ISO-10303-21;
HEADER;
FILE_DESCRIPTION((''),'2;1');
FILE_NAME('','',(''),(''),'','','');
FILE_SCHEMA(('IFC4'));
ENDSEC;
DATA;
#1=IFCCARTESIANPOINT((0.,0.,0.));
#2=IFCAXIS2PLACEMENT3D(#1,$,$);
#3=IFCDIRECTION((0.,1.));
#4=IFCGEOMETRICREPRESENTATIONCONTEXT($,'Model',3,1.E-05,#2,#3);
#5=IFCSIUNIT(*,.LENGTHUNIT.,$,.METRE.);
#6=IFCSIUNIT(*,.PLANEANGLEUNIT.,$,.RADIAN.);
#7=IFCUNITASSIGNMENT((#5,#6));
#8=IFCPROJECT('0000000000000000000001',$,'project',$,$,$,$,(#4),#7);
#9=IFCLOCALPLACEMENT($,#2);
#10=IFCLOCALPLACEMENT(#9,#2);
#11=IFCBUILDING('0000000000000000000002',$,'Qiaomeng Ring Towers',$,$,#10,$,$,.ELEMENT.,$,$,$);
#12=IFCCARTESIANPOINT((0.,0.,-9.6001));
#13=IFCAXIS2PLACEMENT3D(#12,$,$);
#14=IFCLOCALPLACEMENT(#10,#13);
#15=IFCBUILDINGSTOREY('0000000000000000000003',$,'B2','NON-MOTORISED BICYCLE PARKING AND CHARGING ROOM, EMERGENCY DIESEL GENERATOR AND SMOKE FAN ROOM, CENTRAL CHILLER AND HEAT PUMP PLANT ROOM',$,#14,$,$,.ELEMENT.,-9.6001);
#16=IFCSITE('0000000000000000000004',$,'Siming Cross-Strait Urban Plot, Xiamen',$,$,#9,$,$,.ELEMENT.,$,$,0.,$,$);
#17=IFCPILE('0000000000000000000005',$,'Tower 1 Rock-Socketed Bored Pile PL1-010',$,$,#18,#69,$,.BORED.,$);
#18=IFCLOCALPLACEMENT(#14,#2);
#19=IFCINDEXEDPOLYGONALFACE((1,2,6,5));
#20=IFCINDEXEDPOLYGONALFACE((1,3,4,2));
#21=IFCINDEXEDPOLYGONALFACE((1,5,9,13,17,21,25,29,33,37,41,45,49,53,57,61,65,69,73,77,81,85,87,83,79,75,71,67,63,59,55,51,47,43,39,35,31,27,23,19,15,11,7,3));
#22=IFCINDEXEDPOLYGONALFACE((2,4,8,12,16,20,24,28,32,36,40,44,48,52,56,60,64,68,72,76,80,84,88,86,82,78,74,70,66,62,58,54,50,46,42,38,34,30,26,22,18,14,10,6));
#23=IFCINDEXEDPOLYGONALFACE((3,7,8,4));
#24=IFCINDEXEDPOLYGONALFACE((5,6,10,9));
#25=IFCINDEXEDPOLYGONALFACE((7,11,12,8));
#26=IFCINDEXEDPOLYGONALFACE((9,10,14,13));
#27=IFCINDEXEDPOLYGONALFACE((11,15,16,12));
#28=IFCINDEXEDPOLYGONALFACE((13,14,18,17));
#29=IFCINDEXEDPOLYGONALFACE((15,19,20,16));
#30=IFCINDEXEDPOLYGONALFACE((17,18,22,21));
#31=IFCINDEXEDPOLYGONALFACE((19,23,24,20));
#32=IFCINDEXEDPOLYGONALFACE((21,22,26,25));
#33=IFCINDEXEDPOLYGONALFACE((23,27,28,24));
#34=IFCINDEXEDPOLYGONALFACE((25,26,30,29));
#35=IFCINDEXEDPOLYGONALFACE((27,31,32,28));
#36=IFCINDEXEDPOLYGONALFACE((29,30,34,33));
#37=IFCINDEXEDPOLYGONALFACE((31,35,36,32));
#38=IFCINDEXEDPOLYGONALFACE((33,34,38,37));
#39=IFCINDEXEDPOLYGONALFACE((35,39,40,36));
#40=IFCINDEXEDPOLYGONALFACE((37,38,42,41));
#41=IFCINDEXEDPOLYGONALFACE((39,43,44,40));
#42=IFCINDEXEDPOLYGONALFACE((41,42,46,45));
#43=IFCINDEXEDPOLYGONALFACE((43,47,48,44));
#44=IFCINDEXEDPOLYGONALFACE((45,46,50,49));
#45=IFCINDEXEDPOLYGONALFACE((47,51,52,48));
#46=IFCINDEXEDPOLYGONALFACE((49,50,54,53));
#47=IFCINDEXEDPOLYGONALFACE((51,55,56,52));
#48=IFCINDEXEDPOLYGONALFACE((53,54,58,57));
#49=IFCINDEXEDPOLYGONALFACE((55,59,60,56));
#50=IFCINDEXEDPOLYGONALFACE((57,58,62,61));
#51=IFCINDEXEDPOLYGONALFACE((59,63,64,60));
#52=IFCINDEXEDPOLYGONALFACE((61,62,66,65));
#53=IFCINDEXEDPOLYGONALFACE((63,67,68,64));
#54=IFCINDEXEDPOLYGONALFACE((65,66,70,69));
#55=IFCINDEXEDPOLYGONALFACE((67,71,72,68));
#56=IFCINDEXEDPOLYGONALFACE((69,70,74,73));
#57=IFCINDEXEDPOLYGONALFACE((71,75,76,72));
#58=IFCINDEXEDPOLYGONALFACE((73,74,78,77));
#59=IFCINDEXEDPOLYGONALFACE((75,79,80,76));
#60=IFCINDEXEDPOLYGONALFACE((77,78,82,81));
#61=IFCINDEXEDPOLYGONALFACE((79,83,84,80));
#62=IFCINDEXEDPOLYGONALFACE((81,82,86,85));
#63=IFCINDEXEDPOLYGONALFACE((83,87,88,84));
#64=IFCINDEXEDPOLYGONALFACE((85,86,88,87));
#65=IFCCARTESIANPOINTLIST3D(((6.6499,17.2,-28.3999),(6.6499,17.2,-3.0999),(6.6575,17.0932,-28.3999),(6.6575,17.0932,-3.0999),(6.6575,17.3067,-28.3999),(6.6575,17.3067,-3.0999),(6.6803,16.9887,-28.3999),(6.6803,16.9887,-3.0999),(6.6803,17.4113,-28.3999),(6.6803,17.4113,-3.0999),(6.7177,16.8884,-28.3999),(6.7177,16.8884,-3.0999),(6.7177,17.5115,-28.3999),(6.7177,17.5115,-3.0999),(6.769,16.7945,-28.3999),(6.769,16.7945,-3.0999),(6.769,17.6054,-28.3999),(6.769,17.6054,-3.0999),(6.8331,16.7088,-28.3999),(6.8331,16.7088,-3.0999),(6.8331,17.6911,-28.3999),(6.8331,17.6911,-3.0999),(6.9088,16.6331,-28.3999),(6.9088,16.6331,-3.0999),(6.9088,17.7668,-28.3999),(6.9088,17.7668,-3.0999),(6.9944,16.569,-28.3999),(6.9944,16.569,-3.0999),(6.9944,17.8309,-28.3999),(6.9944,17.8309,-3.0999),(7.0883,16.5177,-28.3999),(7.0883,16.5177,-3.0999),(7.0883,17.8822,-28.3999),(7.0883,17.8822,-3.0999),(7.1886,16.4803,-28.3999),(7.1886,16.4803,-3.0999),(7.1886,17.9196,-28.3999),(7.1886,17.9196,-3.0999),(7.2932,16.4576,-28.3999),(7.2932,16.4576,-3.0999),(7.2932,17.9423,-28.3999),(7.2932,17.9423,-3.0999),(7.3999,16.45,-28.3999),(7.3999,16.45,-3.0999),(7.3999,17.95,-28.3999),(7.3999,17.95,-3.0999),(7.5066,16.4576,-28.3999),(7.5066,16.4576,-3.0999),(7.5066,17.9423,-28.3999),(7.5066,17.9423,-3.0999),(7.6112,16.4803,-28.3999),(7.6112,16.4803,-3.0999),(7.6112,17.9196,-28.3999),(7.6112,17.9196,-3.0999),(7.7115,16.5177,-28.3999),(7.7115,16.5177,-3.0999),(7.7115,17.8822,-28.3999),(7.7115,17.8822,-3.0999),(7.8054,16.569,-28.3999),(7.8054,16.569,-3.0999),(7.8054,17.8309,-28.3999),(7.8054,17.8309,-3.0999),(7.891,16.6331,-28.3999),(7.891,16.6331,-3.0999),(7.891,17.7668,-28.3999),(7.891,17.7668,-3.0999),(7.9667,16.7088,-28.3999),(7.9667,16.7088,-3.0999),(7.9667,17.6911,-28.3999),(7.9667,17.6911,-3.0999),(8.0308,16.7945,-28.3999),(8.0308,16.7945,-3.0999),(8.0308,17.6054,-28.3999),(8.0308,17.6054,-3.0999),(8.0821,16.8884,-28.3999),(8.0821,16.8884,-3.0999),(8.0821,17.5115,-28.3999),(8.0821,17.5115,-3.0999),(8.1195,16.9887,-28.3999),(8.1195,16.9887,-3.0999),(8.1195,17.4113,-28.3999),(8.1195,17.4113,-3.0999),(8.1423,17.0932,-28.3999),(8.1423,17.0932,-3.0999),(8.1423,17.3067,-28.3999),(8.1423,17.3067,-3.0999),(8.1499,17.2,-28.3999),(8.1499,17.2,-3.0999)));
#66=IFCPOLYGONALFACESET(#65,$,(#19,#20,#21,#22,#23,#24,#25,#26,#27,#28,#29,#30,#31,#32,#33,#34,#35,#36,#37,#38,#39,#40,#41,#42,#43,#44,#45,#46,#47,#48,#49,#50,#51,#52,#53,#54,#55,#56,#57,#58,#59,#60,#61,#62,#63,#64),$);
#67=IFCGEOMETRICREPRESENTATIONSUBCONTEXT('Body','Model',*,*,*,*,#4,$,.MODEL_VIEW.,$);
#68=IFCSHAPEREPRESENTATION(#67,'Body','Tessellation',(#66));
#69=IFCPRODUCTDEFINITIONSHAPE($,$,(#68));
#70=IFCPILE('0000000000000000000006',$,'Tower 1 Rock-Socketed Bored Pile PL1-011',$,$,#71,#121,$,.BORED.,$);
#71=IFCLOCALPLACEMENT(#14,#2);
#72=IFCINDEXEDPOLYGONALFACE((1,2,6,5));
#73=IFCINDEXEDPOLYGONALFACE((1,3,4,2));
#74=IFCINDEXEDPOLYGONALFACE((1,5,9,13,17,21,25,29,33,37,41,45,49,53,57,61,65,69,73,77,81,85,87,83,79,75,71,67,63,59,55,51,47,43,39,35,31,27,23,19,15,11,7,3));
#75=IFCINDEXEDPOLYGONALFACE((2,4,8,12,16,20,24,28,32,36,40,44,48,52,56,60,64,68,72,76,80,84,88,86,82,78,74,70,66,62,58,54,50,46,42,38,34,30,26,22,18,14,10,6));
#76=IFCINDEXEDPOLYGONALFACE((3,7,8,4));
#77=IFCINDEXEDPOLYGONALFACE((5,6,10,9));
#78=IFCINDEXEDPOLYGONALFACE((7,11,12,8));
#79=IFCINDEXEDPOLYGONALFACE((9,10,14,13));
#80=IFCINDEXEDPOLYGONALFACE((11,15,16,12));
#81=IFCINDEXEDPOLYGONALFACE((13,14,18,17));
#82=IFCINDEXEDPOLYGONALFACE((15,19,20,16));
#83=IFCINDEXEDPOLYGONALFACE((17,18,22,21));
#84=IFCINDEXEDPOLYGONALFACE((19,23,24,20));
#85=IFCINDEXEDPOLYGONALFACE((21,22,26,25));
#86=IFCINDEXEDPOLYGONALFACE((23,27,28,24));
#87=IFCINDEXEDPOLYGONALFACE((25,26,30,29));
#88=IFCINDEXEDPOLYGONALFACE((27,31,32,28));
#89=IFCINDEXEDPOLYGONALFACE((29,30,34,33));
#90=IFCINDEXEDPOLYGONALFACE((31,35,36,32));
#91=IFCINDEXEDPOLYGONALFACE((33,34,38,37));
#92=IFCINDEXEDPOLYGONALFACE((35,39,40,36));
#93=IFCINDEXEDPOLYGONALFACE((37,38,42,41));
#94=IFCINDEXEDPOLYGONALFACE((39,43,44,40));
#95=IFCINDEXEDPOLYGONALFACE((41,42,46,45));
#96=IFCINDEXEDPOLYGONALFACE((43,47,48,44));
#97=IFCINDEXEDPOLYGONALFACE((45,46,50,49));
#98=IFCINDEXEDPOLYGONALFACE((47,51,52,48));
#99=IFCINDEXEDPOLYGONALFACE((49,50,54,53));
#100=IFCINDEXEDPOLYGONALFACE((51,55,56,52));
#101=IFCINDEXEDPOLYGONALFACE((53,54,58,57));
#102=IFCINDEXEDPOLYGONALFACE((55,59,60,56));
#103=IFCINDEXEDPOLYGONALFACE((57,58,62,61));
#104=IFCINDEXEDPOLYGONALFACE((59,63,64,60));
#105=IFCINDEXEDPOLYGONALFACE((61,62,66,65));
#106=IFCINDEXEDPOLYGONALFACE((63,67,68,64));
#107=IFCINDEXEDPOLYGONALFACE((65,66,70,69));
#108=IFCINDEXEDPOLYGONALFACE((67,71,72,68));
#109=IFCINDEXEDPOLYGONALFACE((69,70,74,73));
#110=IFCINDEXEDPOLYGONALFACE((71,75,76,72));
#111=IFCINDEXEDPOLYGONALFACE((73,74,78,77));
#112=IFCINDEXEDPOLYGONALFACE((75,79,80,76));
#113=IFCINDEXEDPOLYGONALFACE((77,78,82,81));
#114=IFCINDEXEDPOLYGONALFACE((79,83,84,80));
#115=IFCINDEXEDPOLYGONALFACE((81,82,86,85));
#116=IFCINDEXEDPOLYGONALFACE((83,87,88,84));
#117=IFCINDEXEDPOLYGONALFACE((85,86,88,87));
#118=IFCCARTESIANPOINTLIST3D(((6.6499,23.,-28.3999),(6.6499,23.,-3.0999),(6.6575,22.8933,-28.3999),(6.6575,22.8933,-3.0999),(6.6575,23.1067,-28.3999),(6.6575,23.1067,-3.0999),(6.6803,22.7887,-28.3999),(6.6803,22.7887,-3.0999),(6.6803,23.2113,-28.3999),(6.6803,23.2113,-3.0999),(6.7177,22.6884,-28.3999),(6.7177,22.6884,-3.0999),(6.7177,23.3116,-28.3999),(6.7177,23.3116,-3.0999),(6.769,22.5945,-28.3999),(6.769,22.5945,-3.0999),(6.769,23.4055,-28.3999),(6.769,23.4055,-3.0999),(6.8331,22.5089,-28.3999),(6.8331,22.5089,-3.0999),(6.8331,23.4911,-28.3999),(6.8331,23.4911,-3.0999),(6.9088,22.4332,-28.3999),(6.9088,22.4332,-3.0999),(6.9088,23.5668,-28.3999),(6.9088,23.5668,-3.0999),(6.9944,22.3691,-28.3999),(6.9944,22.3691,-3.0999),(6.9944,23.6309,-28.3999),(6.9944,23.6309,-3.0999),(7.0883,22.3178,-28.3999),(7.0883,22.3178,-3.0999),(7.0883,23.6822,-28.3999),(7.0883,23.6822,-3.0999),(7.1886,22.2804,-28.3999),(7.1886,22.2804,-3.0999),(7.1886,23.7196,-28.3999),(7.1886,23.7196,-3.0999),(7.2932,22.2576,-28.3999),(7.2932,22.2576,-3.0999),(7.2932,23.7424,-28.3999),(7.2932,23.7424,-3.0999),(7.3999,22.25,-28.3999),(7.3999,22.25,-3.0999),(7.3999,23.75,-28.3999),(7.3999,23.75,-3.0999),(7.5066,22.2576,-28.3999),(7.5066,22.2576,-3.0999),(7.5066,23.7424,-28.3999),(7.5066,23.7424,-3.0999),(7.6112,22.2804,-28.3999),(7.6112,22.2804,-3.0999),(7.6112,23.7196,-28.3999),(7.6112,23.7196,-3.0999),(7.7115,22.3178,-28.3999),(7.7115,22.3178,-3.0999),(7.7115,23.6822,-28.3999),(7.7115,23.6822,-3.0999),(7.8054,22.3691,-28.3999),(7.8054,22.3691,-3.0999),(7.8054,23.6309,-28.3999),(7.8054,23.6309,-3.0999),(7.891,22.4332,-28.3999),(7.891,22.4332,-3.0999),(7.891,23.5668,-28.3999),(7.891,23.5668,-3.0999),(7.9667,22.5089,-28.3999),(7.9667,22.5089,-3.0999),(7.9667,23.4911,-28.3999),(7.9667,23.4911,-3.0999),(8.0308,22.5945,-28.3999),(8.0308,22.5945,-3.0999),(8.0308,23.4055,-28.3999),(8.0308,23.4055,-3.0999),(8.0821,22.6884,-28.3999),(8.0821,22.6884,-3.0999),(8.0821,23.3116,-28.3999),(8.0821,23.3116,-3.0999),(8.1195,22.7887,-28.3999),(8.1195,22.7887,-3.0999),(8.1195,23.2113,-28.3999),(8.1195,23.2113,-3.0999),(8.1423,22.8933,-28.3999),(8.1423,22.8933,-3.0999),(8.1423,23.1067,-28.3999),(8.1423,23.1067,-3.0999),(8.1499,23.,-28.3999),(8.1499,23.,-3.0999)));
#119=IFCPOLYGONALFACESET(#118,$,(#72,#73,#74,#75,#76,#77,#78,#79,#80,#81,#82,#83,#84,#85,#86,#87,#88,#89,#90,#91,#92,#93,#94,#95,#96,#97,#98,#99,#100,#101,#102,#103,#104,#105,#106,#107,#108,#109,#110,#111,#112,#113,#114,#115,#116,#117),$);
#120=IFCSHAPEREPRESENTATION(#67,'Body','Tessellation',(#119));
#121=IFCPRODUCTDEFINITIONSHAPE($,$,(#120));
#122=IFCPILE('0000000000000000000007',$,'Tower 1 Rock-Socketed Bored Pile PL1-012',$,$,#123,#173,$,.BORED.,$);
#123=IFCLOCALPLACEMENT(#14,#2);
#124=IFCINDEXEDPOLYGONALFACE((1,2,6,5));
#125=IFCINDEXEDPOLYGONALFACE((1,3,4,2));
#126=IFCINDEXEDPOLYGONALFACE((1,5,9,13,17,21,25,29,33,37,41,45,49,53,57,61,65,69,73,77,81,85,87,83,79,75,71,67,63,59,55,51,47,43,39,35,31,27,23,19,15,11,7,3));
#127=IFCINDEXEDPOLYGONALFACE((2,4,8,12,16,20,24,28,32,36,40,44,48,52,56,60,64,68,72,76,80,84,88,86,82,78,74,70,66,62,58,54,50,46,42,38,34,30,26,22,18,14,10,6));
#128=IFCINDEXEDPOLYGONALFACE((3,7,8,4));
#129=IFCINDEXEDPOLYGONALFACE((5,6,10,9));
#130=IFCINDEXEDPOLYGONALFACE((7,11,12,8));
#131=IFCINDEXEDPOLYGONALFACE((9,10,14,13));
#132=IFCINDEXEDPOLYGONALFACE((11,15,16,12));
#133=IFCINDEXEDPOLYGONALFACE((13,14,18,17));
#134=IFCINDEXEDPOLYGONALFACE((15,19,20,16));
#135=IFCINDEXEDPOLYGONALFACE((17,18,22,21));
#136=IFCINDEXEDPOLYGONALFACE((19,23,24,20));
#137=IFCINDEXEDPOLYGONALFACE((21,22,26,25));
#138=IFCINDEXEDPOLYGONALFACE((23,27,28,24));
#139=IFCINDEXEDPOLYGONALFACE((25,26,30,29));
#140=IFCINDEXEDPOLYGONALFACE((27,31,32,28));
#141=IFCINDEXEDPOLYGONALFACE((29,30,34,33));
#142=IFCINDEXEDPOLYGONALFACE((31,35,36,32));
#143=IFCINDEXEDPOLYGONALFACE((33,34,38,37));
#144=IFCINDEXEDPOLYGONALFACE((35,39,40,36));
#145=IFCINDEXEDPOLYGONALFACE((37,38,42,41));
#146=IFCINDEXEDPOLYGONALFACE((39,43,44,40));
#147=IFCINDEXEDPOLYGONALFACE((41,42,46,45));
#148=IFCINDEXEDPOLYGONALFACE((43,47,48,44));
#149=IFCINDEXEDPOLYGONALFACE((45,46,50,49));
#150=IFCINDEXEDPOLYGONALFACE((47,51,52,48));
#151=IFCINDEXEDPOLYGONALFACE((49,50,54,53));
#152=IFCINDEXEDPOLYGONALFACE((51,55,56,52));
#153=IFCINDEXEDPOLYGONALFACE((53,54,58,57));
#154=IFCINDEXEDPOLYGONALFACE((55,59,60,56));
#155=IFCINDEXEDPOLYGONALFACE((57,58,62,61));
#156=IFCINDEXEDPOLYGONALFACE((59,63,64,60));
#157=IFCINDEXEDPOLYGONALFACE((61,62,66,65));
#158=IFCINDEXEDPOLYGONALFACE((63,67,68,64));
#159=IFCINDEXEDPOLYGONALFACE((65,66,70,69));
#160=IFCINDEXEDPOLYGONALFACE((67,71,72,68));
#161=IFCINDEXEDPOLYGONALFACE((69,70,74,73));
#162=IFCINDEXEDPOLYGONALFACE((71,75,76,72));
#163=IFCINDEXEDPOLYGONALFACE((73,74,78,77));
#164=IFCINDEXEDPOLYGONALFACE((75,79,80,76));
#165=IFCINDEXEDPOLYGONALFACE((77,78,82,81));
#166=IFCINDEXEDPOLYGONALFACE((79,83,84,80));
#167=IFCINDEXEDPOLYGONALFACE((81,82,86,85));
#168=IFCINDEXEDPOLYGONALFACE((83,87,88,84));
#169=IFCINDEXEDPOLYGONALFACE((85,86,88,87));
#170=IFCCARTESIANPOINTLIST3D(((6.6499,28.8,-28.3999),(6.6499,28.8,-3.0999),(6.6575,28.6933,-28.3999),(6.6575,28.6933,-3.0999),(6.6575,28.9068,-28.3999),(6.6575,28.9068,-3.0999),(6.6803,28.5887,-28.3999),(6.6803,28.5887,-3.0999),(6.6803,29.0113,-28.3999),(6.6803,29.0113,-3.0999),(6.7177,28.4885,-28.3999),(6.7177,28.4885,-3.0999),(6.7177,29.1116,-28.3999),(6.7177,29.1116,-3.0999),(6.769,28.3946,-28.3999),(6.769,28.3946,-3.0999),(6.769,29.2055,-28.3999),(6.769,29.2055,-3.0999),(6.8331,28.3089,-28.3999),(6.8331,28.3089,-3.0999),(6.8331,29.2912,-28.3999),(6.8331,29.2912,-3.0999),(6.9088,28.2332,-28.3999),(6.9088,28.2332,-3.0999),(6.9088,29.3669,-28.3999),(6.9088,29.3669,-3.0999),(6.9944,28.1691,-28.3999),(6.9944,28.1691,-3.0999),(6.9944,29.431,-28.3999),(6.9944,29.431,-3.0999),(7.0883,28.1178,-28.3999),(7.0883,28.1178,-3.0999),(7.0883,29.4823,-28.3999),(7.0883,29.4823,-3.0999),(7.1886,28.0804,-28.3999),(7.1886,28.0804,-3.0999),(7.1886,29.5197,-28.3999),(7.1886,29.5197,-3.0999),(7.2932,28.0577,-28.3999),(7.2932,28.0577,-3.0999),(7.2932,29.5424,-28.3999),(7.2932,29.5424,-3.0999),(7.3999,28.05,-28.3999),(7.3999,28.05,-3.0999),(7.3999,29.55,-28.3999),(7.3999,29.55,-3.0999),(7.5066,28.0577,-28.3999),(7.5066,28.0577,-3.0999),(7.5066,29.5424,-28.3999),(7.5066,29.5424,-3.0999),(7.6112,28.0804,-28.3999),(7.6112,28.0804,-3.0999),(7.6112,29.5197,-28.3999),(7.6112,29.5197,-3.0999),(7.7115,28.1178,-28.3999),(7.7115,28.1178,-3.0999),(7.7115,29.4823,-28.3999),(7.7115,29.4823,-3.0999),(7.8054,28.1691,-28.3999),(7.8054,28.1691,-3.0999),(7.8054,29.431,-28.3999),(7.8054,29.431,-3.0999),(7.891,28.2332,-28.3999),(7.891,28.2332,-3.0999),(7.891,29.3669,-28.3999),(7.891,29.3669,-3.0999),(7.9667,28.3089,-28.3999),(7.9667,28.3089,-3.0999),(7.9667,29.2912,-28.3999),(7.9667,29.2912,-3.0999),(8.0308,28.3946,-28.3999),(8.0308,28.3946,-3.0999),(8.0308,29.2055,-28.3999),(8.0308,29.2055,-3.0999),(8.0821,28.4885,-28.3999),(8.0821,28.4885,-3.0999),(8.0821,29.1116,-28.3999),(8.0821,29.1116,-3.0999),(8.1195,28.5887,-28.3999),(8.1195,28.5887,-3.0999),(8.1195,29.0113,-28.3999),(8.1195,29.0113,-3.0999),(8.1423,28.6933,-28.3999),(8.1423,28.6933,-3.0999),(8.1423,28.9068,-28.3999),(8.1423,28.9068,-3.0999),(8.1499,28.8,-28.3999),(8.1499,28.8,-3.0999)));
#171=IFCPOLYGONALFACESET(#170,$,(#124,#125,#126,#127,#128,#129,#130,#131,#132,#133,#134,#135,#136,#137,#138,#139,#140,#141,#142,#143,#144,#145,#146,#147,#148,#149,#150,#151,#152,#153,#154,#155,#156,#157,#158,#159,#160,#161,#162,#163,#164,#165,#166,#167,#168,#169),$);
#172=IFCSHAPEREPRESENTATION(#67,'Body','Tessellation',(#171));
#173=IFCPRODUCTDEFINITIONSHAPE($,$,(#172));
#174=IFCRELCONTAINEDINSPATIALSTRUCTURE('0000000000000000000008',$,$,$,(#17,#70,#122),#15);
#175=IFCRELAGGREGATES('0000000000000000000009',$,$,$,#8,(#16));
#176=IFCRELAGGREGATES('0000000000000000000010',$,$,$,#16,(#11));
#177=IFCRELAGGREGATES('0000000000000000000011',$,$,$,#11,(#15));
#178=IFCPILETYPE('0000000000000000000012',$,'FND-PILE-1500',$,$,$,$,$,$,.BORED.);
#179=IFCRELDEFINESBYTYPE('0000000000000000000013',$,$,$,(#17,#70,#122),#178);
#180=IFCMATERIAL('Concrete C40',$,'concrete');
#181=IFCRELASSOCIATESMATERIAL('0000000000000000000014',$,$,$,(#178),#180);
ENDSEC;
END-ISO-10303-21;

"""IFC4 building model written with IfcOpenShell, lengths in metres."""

from ifc_helpers import new_model, si_unit, direction, frame, origin, origin_2d, place, context, subcontext, project, spatial, circle, extrude, source, transform, mapped, material, material_profile, profile_set, type_object, element, save


model = new_model("IFC4")

# Units and contexts
model_context = context("Model", 3, precision=1e-05, world=origin(), true_north=direction((0.0, 1.0)))
body_context = subcontext(model_context, "Body", "Model", "MODEL_VIEW")
ifc_project = project(units=[si_unit("LENGTHUNIT", "METRE"), si_unit("PLANEANGLEUNIT", "RADIAN")], contexts=[model_context])

# Site, building, storey
site_placement = place(None, origin())
site = spatial("IfcSite", under=ifc_project, at=site_placement, Name="Siming Cross-Strait Urban Plot, Xiamen", CompositionType="ELEMENT", RefElevation=0.0)
building_placement = place(site_placement, origin())
building = spatial("IfcBuilding", under=site, at=building_placement, Name="Qiaomeng Ring Towers", CompositionType="ELEMENT")
storey_placement = place(building_placement, frame((0.0, 0.0, -9.6001)))
storey = spatial("IfcBuildingStorey", under=building, at=storey_placement, Name="B2", Description="NON-MOTORISED BICYCLE PARKING AND CHARGING ROOM, EMERGENCY DIESEL GENERATOR AND SMOKE FAN ROOM, CENTRAL CHILLER AND HEAT PUMP PLANT ROOM", CompositionType="ELEMENT", Elevation=-9.6001)

# Piles
ifc_material_1 = material(Name="Concrete C40", Category="concrete")
ifc_material_profile_1 = material_profile(ifc_material_1, circle(Radius=0.75, at=origin_2d()), Name="BORED PILE 1500")
ifc_profile_set_1 = profile_set([ifc_material_profile_1], Name="Concrete C40")
pile_type = type_object("IfcPileType", Name="FND-PILE-1500", PredefinedType="BORED", material=ifc_profile_set_1)
shared_shape_1 = source(origin(), body_context, "Body", "SweptSolid", [
    extrude(circle(Radius=0.75, at=origin_2d()), origin(), (0.0, 0.0, 1.0), 25.3),
])
for number, where, z_axis, x_axis, name in (
    (1, (7.3999, 17.2, -3.0999), (0.0, 0.0, -1.0), (1.0, 0.0, 0.0), "Tower 1 Rock-Socketed Bored Pile PL1-010"),
    (2, (7.3999, 23.0, -3.0999), (0.0, 0.0, -1.0), (1.0, 0.0, 0.0), "Tower 1 Rock-Socketed Bored Pile PL1-011"),
    (3, (7.3999, 28.8, -3.0999), (0.0, 0.0, -1.0), (1.0, 0.0, 0.0), "Tower 1 Rock-Socketed Bored Pile PL1-012"),
):
    element("IfcPile", number, at=place(storey_placement, frame(where, z_axis=z_axis, x_axis=x_axis)), inside=storey, type_object=pile_type, Name=name, PredefinedType="BORED", context=body_context, shape_type="MappedRepresentation", body=[
        mapped(shared_shape_1, transform((0.0, 0.0, 0.0), x_axis=(1.0, 0.0, 0.0), y_axis=(0.0, 1.0, 0.0), z_axis=(0.0, 0.0, 1.0), scale=1.0)),
    ])

save(model, "model.ifc")
